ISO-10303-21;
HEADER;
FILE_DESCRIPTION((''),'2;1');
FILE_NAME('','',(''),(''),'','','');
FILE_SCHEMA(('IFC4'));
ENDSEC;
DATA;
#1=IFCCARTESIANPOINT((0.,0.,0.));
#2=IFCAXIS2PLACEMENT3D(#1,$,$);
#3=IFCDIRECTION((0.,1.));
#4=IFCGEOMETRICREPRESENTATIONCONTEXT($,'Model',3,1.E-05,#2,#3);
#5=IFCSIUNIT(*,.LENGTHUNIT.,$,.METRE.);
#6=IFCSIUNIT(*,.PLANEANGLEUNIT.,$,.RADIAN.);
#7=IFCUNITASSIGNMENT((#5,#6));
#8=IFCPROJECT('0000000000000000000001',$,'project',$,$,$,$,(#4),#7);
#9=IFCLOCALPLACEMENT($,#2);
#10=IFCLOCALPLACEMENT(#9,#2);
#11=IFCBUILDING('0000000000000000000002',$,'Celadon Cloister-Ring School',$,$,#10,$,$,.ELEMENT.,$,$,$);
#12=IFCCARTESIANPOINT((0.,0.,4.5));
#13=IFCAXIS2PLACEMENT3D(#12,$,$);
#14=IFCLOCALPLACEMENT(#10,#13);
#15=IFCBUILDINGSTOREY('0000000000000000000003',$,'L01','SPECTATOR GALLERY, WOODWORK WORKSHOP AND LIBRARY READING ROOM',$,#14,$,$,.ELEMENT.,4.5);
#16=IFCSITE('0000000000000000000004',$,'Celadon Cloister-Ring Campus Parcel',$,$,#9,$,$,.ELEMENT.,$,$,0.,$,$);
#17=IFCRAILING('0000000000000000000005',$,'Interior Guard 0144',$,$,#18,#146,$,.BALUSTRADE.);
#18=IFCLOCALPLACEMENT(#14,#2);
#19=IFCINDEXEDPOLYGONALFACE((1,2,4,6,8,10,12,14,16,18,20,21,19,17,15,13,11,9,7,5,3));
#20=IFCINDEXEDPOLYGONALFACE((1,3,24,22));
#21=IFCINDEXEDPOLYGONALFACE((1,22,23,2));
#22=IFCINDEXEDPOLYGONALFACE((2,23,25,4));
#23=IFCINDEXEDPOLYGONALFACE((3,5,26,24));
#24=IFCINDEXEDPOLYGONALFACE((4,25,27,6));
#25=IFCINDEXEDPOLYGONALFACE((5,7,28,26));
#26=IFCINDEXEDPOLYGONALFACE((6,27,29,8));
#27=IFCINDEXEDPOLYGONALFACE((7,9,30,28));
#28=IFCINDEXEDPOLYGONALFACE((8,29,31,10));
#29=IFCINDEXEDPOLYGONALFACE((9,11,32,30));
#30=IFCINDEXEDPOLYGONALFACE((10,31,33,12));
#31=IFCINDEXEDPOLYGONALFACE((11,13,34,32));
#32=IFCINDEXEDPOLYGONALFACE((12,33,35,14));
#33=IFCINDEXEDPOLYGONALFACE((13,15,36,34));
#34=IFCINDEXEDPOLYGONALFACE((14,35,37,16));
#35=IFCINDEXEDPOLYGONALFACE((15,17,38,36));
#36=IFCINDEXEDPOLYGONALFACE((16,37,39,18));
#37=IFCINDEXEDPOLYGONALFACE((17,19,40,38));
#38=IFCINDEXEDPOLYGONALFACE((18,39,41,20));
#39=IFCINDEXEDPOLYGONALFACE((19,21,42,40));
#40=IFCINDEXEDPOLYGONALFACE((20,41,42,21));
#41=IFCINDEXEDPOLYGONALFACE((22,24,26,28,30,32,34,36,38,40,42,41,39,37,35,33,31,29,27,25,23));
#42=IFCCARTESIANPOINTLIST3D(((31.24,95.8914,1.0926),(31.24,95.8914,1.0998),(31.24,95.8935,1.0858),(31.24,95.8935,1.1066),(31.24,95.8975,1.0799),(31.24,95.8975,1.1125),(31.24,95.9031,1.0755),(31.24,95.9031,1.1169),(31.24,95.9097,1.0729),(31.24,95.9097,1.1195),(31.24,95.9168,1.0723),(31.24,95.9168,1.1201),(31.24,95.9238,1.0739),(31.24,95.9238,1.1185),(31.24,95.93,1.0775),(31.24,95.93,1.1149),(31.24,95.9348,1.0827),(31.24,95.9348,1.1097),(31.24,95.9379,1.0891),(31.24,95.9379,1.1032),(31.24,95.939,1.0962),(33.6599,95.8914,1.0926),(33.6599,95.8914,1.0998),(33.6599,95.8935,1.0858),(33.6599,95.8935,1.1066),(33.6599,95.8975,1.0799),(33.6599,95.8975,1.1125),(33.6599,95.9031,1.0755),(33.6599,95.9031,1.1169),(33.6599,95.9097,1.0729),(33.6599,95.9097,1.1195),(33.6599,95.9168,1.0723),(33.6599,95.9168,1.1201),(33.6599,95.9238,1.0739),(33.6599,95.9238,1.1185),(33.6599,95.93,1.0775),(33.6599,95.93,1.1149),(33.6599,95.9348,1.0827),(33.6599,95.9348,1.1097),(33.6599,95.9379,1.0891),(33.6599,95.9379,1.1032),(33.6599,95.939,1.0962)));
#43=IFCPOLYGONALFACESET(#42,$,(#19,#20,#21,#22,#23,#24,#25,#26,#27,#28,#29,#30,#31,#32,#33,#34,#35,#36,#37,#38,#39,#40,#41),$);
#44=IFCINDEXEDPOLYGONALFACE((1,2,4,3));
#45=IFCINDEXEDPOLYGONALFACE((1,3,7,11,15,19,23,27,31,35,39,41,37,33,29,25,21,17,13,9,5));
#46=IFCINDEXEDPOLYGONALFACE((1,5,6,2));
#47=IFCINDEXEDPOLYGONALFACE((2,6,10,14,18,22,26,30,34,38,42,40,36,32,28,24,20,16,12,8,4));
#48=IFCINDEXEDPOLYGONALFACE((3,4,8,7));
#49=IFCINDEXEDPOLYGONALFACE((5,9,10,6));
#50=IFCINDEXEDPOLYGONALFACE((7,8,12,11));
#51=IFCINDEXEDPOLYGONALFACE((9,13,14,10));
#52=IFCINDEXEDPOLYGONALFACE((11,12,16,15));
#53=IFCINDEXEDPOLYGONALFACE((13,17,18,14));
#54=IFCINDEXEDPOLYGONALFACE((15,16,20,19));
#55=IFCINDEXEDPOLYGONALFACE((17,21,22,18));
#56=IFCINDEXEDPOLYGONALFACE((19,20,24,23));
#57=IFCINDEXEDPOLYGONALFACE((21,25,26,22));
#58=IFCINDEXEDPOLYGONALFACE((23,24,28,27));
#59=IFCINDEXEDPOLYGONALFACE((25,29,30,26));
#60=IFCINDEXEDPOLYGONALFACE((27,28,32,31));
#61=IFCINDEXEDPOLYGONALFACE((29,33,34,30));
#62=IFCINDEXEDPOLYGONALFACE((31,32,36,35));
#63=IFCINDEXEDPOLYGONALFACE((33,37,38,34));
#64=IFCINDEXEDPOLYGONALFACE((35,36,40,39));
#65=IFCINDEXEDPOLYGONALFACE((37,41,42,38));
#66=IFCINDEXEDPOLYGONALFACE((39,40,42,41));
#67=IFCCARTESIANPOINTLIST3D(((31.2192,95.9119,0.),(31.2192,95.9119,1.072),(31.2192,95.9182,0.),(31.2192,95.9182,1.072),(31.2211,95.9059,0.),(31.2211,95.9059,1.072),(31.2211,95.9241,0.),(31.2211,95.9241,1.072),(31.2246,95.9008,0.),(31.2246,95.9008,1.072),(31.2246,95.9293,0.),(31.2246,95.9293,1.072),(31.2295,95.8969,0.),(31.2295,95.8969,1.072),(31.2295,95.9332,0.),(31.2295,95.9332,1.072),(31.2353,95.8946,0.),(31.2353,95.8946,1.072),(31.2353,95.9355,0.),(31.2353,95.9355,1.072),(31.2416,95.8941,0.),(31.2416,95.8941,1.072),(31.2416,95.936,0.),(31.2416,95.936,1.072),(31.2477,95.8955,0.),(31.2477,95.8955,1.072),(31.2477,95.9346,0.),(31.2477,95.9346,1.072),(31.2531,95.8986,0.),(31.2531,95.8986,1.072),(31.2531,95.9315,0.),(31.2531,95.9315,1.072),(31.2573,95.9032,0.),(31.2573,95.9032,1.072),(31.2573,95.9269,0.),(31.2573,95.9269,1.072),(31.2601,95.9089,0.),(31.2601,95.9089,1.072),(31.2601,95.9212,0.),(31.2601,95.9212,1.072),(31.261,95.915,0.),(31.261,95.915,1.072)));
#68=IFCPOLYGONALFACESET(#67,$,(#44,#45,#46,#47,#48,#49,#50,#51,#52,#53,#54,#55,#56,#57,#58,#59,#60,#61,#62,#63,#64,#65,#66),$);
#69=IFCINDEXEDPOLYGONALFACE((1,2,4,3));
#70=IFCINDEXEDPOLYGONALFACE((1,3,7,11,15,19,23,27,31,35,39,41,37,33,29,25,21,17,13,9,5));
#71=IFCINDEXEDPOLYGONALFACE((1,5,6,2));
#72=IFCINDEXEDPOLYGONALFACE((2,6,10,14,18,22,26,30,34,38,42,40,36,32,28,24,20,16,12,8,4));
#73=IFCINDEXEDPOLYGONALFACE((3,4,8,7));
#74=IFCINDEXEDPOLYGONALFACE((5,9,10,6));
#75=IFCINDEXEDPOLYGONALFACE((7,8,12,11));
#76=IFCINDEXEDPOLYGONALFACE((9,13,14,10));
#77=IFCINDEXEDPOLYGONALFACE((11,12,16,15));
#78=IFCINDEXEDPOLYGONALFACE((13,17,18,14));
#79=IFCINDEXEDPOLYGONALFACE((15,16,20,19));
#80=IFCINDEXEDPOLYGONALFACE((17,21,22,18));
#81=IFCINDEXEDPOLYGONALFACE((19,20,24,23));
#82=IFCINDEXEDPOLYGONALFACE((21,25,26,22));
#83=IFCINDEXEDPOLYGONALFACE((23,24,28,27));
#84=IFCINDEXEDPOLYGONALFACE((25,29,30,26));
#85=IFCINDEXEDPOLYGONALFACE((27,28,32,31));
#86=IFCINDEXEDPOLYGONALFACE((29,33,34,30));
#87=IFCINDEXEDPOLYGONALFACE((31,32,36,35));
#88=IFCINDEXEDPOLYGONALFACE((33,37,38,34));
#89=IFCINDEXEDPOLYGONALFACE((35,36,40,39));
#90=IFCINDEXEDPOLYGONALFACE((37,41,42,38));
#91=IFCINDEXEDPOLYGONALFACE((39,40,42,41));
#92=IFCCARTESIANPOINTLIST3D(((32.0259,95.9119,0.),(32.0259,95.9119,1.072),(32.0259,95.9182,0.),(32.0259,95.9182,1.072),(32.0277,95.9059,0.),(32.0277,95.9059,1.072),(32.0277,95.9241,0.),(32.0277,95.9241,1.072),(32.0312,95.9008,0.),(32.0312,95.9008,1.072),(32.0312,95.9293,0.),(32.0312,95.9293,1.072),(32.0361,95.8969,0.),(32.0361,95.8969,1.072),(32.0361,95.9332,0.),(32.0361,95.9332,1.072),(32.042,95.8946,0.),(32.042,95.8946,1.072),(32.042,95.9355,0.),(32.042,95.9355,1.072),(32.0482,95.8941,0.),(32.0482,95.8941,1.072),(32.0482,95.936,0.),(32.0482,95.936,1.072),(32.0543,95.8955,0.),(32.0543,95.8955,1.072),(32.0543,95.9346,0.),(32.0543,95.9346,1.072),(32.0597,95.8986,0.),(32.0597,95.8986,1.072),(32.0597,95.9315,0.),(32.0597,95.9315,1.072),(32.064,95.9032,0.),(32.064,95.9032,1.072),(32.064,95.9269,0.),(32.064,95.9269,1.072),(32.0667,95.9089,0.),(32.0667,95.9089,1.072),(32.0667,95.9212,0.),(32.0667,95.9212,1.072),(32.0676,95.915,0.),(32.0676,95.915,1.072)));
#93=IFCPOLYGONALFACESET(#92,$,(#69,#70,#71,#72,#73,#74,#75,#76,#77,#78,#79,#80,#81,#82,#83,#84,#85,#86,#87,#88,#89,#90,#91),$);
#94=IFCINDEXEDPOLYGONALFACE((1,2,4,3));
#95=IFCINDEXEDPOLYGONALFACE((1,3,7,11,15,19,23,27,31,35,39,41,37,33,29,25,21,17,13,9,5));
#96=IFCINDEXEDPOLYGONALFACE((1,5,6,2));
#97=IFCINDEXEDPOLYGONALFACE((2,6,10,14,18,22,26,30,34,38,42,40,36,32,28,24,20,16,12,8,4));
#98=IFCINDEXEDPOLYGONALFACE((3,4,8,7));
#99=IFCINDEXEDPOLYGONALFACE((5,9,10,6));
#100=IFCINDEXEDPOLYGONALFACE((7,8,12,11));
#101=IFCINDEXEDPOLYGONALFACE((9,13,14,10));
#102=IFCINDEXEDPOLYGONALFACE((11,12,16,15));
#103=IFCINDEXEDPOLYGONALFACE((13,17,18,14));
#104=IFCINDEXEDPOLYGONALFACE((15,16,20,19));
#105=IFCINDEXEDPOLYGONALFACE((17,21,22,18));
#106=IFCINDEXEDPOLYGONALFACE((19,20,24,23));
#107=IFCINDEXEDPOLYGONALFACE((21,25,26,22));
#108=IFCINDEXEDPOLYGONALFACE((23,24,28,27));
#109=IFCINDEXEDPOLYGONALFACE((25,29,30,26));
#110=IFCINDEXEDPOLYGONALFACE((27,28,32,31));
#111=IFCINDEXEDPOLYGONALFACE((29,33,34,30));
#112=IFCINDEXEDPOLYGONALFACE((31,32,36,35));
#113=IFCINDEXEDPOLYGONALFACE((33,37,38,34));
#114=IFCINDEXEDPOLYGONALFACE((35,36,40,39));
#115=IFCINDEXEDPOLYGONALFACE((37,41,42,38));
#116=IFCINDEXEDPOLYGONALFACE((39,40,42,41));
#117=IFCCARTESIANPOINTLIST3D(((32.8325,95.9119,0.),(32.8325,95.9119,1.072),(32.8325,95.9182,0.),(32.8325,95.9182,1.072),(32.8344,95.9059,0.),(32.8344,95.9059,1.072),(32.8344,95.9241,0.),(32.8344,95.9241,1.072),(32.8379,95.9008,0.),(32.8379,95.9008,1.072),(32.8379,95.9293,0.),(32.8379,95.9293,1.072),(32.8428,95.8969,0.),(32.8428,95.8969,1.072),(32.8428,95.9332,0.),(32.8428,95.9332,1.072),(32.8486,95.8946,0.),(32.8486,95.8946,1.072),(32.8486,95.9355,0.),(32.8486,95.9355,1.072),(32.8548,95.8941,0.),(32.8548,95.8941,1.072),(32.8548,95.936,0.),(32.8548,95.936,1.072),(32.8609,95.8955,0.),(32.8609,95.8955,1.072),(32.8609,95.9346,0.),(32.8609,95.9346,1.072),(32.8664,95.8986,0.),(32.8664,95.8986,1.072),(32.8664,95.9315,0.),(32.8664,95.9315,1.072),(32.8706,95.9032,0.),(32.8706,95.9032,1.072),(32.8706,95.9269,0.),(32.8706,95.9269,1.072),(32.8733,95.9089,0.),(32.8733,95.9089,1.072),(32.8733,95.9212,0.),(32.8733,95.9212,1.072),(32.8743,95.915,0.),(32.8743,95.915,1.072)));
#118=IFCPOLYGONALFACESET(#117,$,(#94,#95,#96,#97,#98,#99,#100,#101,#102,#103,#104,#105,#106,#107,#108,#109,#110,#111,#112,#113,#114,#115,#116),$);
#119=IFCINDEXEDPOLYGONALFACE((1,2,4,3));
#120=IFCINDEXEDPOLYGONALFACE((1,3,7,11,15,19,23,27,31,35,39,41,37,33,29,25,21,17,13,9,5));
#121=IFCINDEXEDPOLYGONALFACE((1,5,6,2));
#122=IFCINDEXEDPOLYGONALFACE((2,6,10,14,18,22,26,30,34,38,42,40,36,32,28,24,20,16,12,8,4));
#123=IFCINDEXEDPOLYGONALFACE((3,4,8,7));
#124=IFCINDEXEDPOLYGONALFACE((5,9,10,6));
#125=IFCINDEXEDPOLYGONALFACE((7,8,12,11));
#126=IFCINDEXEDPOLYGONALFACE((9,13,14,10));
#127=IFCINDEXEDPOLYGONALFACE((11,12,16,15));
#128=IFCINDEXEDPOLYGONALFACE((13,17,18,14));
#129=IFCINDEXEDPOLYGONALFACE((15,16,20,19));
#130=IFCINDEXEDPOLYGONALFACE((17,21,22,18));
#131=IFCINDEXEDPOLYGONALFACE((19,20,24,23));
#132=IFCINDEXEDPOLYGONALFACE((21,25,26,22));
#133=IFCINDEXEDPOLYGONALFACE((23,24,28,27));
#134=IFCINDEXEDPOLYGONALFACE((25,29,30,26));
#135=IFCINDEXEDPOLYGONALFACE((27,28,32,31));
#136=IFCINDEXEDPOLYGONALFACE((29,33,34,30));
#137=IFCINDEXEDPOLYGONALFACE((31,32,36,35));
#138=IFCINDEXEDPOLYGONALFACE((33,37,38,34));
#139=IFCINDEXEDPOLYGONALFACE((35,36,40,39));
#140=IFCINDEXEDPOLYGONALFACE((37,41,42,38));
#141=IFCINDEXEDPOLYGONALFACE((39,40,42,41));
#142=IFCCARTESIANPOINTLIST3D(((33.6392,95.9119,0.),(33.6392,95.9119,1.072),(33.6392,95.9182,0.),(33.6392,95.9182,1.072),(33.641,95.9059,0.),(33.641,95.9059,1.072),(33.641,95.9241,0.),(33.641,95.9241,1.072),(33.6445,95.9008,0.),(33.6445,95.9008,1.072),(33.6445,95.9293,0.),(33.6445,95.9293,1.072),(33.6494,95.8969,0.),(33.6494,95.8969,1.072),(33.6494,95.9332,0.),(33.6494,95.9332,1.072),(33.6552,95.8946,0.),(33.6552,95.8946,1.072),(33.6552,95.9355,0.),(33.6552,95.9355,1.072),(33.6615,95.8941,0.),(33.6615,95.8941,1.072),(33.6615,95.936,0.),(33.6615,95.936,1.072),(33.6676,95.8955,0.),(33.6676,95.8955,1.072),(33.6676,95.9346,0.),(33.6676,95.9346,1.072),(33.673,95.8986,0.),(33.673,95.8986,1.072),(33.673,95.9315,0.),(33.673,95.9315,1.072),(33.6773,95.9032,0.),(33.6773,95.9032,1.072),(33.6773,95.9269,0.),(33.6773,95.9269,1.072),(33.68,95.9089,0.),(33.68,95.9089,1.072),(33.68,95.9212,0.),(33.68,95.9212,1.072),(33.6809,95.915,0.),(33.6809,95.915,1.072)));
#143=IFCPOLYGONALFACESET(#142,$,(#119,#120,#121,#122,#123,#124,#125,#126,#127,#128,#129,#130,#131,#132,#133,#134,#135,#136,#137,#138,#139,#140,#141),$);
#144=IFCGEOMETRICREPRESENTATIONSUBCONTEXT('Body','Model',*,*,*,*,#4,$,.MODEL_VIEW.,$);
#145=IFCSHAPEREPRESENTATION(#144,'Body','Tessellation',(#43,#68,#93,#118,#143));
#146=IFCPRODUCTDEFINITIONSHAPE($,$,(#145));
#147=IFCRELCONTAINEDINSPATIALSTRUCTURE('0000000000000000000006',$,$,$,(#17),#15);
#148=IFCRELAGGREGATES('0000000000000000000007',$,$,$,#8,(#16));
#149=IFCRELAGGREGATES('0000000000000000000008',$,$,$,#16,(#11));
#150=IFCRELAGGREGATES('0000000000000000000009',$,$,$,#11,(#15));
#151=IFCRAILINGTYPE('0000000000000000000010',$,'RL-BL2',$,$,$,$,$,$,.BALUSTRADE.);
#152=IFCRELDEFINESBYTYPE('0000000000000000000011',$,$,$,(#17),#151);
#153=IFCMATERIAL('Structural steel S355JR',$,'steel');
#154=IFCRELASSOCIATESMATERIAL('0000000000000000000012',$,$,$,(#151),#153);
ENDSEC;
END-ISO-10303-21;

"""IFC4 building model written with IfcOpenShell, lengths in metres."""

from ifc_helpers import new_model, si_unit, direction, frame, origin, origin_2d, place, context, subcontext, project, spatial, circle, extrude, material, type_object, element, save


model = new_model("IFC4")

# Units and contexts
model_context = context("Model", 3, precision=1e-05, world=origin(), true_north=direction((0.0, 1.0)))
body_context = subcontext(model_context, "Body", "Model", "MODEL_VIEW")
ifc_project = project(units=[si_unit("LENGTHUNIT", "METRE"), si_unit("PLANEANGLEUNIT", "RADIAN")], contexts=[model_context])

# Site, building, storey
site_placement = place(None, origin())
site = spatial("IfcSite", under=ifc_project, at=site_placement, Name="Celadon Cloister-Ring Campus Parcel", CompositionType="ELEMENT", RefElevation=0.0)
building_placement = place(site_placement, origin())
building = spatial("IfcBuilding", under=site, at=building_placement, Name="Celadon Cloister-Ring School", CompositionType="ELEMENT")
storey_placement = place(building_placement, frame((0.0, 0.0, 4.5)))
storey = spatial("IfcBuildingStorey", under=building, at=storey_placement, Name="L01", Description="SPECTATOR GALLERY, WOODWORK WORKSHOP AND LIBRARY READING ROOM", CompositionType="ELEMENT", Elevation=4.5)

# Railing
ifc_material_1 = material(Name="Structural steel S355JR", Category="steel")
railing_type_1 = type_object("IfcRailingType", Name="RL-BL2", PredefinedType="BALUSTRADE", material=ifc_material_1)
railing_1_placement = place(storey_placement, frame((31.24, 95.915, 0.0)))
element("IfcRailing", 1, at=railing_1_placement, inside=storey, type_object=railing_type_1, Name="Interior Guard 0144", PredefinedType="BALUSTRADE", context=body_context, shape_type="SweptSolid", body=[
    extrude(circle(Radius=0.0239, at=origin_2d()), frame((0.0, 0.0, 1.0962), z_axis=(1.0, 0.0, 0.0), x_axis=(0.0, 1.0, 0.0)), (0.0, 0.0, 1.0), 2.4199),
    extrude(circle(Radius=0.021, at=origin_2d()), origin(), (0.0, 0.0, 1.0), 1.072),
    extrude(circle(Radius=0.021, at=origin_2d()), frame((0.8066, 0.0, 0.0)), (0.0, 0.0, 1.0), 1.072),
    extrude(circle(Radius=0.021, at=origin_2d()), frame((1.6133, 0.0, 0.0)), (0.0, 0.0, 1.0), 1.072),
    extrude(circle(Radius=0.021, at=origin_2d()), frame((2.4199, 0.0, 0.0)), (0.0, 0.0, 1.0), 1.072),
])

save(model, "model.ifc")
